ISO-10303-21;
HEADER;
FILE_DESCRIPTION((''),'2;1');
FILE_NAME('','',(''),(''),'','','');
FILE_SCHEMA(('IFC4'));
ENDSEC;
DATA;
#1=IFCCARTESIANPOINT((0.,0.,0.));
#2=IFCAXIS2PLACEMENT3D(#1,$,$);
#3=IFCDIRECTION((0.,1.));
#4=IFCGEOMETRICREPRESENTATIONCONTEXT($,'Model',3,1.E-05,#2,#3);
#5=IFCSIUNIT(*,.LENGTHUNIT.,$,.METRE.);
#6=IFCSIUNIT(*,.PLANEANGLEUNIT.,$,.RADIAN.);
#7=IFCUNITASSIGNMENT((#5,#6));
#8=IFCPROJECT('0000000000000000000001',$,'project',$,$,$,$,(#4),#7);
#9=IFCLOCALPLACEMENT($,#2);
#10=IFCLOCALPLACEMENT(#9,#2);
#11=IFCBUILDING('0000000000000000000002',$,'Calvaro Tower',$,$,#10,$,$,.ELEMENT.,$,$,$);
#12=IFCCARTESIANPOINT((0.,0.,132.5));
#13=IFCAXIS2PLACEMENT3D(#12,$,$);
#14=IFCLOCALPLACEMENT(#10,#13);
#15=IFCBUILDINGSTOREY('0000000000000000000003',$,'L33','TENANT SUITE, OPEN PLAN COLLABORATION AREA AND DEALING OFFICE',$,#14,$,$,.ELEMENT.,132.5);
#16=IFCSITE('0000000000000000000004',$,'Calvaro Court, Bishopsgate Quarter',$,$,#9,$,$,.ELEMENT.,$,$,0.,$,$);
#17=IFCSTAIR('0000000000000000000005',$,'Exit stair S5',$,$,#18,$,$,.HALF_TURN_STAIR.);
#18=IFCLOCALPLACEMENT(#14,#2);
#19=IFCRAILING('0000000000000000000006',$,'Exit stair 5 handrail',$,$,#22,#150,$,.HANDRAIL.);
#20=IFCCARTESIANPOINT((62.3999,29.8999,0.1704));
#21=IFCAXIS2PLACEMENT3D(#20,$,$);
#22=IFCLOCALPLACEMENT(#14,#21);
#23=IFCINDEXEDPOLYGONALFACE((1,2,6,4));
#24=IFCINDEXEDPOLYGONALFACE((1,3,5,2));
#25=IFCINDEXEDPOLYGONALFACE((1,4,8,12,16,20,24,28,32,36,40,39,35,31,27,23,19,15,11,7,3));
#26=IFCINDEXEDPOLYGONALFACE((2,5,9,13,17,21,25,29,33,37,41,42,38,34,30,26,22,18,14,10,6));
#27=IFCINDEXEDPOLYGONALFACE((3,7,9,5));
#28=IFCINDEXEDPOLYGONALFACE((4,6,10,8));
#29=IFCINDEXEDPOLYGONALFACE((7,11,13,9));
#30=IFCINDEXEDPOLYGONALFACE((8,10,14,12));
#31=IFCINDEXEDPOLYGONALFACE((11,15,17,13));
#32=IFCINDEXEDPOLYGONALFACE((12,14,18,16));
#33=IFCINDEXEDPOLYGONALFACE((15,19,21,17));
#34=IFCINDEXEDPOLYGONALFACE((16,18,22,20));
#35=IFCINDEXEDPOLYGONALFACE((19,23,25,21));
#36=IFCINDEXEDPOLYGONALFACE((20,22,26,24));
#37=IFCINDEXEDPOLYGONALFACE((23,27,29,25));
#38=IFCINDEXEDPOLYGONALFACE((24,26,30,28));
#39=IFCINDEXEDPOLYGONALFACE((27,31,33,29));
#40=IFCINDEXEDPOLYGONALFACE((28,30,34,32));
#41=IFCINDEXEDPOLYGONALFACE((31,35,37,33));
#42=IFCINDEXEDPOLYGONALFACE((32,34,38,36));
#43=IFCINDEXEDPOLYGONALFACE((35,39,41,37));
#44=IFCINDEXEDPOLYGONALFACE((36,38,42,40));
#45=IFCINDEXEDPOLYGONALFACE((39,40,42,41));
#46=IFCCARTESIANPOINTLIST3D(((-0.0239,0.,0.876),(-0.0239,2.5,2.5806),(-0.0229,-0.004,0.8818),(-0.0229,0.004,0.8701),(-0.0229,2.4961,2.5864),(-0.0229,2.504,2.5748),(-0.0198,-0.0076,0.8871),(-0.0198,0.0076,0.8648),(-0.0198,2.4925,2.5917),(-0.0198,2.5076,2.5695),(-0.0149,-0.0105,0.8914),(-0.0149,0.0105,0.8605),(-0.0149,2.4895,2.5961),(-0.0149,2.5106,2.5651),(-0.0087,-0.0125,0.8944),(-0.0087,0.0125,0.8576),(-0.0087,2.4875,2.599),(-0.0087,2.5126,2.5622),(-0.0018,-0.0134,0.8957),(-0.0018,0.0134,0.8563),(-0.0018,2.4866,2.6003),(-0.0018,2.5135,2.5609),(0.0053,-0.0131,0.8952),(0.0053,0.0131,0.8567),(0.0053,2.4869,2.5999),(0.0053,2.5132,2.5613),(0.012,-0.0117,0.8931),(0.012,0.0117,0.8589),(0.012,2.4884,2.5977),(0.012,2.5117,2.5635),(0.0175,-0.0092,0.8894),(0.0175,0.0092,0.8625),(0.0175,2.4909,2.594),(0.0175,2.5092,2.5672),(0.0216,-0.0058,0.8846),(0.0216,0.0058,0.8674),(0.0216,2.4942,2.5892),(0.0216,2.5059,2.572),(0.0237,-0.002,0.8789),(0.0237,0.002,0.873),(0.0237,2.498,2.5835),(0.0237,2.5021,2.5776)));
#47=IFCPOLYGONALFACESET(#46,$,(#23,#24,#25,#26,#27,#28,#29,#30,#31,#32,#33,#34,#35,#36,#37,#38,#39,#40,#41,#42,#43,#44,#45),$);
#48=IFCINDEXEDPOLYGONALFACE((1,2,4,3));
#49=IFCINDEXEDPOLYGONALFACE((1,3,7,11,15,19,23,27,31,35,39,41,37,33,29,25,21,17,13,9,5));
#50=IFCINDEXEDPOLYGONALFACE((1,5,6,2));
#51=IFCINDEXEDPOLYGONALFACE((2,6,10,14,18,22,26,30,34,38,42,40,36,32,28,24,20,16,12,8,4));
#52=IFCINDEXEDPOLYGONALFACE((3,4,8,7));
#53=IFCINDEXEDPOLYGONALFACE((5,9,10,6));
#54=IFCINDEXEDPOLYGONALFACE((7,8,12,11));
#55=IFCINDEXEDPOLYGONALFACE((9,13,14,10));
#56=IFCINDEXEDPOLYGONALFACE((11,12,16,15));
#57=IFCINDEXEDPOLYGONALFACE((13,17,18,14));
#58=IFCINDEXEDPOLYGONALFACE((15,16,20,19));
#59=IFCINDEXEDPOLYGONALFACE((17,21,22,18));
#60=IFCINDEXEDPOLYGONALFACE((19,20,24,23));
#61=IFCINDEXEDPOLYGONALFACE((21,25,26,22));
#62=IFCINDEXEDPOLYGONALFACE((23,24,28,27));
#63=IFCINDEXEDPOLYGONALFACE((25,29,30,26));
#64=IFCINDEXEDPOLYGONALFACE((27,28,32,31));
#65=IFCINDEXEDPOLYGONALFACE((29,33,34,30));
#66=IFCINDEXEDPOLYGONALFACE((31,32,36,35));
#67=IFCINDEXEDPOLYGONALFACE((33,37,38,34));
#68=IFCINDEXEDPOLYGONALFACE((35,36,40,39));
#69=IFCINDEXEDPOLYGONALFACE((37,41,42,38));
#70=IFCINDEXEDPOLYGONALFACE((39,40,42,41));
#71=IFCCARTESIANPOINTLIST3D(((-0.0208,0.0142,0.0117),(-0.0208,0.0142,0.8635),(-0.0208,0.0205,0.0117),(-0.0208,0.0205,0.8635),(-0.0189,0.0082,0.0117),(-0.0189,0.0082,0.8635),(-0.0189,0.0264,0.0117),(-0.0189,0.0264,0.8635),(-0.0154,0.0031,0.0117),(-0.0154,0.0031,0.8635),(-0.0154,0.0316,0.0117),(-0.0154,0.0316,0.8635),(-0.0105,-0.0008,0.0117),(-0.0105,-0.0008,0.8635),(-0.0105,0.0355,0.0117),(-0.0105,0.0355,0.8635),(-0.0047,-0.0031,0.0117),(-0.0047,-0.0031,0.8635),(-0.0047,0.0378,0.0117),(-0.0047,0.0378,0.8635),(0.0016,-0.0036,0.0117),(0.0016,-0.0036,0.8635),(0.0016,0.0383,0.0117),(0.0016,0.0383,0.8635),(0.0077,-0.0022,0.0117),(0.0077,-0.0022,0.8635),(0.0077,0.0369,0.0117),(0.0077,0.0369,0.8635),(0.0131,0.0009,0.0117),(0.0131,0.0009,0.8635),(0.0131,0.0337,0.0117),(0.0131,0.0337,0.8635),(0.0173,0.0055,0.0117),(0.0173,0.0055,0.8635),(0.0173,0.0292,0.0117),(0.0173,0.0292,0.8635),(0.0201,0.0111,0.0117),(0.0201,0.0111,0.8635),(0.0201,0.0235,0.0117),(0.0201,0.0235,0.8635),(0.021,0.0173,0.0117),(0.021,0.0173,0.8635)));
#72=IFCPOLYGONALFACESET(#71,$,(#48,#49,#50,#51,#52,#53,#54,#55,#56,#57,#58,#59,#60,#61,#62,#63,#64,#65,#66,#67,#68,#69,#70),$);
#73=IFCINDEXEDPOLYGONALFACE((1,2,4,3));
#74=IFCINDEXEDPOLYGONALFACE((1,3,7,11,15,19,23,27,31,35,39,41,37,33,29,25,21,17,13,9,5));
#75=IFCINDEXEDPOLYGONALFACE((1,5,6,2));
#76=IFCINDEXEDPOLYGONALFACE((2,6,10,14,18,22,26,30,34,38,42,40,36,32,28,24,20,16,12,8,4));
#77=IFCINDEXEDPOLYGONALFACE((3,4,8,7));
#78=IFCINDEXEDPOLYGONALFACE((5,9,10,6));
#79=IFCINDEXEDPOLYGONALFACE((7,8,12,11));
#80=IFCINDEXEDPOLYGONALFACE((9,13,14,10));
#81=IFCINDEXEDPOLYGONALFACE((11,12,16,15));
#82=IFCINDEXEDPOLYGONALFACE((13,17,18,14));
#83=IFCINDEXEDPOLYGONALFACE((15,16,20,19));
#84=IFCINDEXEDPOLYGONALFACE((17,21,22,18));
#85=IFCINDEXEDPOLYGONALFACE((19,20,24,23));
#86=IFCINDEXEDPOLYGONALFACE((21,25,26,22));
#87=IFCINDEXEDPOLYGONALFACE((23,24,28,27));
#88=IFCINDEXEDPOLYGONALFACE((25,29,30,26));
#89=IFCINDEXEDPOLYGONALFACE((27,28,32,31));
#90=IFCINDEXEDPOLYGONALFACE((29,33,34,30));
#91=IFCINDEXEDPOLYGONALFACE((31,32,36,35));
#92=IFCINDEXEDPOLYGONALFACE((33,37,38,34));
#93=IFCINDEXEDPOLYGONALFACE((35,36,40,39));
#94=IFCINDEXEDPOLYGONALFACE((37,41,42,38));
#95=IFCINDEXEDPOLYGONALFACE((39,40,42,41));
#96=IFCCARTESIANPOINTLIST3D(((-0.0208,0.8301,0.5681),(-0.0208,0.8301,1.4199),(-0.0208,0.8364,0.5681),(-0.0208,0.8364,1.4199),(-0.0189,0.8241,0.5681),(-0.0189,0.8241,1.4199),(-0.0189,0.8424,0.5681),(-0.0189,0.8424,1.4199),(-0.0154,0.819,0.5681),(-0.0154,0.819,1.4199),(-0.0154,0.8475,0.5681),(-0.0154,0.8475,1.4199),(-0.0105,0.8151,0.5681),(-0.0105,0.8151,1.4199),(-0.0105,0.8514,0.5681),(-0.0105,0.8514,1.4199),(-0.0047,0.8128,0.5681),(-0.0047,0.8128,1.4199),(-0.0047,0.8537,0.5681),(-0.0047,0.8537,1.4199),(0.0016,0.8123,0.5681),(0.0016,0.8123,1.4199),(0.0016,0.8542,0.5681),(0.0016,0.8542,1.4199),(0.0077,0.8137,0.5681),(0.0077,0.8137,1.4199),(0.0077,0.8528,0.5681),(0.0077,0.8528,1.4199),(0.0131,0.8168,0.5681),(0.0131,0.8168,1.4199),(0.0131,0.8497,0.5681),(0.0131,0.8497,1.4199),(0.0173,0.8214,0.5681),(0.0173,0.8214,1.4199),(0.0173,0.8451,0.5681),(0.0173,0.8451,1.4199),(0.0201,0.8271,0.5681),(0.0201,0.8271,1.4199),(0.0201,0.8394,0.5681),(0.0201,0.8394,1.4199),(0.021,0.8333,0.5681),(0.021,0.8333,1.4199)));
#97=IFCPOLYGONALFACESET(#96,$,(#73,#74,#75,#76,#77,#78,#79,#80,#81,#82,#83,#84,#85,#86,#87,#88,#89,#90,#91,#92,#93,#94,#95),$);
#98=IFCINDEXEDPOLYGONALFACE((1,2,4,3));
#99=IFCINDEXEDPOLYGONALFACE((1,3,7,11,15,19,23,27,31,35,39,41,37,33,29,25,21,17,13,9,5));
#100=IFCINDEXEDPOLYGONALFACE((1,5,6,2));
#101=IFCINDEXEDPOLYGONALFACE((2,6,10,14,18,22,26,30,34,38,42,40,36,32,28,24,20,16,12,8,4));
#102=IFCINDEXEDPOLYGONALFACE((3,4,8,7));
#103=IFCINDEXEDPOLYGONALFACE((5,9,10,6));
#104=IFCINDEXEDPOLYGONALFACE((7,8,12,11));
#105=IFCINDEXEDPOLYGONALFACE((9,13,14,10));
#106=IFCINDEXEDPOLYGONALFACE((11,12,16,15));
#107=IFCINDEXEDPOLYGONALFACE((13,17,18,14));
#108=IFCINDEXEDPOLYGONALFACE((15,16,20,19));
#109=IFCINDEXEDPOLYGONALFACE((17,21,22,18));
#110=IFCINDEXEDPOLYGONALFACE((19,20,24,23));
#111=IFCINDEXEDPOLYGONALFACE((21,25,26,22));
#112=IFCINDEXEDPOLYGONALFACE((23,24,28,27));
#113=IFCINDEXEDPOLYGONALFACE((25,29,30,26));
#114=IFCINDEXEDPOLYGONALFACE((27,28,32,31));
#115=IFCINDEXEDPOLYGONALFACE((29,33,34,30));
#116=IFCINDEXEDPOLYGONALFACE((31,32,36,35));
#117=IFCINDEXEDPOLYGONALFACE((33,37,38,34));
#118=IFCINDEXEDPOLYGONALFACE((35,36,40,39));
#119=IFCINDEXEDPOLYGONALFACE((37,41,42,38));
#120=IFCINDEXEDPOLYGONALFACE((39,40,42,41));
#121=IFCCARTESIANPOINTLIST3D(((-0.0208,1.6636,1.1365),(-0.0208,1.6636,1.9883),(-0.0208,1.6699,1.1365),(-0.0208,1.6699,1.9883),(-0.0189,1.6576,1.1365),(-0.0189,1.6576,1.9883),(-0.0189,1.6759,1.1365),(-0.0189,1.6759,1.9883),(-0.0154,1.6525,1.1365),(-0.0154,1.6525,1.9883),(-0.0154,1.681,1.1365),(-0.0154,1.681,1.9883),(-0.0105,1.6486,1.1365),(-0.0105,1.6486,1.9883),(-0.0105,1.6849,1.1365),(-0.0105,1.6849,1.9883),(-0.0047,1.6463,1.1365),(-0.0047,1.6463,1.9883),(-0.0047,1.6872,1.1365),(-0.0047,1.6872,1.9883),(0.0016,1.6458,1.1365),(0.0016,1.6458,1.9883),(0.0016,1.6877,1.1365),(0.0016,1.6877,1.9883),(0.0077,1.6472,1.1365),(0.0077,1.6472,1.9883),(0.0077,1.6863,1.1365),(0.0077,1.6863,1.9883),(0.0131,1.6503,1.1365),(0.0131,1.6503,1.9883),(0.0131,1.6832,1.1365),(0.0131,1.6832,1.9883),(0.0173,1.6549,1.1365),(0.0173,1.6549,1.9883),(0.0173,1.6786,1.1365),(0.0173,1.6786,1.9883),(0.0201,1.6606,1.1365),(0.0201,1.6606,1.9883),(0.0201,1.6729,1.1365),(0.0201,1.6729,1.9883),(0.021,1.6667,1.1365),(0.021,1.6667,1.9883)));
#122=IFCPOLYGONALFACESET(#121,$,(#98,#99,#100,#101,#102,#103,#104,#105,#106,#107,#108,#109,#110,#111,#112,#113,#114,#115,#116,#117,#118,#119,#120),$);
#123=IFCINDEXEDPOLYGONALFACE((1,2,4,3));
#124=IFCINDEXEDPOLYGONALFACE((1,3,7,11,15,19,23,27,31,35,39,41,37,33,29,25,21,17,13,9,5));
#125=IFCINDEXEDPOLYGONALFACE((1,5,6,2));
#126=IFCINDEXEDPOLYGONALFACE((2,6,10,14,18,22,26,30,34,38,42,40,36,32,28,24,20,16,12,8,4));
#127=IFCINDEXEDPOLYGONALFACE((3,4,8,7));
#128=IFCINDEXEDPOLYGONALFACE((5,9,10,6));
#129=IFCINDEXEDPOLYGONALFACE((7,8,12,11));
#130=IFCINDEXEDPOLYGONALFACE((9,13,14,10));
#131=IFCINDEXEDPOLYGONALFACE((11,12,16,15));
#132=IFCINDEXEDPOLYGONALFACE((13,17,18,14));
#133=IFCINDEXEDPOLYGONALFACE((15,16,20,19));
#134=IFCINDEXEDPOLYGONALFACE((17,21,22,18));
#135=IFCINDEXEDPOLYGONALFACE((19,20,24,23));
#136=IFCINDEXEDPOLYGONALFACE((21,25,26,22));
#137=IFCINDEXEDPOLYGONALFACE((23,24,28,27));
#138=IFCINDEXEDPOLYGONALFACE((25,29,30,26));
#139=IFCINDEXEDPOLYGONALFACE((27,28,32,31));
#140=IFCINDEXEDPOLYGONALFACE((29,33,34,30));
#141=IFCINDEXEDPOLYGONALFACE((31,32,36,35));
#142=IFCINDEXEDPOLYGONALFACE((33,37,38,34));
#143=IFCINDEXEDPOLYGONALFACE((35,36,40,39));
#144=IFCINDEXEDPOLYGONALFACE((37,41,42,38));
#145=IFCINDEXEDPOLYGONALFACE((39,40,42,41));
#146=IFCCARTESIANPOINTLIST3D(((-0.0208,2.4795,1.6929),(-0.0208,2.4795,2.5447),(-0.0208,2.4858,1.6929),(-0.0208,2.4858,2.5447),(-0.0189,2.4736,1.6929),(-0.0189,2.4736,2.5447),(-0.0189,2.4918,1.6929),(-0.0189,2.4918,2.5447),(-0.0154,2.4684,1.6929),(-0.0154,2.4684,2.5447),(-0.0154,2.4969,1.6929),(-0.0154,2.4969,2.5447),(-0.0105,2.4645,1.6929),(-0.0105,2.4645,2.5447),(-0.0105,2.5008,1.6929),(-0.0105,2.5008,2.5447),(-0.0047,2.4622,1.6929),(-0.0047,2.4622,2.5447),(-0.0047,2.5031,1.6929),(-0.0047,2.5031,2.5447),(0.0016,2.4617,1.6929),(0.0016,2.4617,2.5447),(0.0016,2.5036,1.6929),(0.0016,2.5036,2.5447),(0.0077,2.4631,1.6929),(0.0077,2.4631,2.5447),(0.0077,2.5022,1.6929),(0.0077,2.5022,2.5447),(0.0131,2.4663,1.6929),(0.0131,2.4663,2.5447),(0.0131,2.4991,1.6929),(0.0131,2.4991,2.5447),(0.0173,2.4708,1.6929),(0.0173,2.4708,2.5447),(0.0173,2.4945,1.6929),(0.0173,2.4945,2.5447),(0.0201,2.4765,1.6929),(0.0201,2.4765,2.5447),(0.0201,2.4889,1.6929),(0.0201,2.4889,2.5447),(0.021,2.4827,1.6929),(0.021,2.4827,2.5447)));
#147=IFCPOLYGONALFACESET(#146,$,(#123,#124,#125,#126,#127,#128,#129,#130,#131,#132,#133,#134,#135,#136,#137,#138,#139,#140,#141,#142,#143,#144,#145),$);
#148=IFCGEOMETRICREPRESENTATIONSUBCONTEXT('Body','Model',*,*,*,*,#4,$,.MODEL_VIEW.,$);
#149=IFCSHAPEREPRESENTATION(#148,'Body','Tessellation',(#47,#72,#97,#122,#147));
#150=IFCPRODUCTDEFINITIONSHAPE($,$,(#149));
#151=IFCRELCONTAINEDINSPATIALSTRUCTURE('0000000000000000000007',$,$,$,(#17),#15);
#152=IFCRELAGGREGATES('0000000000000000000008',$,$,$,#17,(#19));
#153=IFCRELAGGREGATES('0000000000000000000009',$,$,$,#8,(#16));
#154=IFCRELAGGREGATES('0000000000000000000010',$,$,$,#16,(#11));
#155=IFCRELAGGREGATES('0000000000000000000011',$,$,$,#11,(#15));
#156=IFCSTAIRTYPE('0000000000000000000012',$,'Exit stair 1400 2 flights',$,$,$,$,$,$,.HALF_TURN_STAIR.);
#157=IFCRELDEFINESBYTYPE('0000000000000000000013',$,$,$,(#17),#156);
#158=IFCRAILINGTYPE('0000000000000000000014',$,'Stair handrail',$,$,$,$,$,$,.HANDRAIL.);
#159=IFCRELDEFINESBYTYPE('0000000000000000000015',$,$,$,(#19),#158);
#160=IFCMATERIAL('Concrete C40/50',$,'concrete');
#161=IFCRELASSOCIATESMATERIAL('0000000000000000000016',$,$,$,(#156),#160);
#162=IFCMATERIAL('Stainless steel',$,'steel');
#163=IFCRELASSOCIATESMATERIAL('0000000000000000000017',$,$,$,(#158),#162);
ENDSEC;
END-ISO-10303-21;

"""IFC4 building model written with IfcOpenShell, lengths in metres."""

from ifc_helpers import new_model, si_unit, direction, frame, origin, origin_2d, place, context, subcontext, project, spatial, circle, extrude, material, type_object, element, aggregate, save


model = new_model("IFC4")

# Units and contexts
model_context = context("Model", 3, precision=1e-05, world=origin(), true_north=direction((0.0, 1.0)))
body_context = subcontext(model_context, "Body", "Model", "MODEL_VIEW")
ifc_project = project(units=[si_unit("LENGTHUNIT", "METRE"), si_unit("PLANEANGLEUNIT", "RADIAN")], contexts=[model_context])

# Site, building, storey
site_placement = place(None, origin())
site = spatial("IfcSite", under=ifc_project, at=site_placement, Name="Calvaro Court, Bishopsgate Quarter", CompositionType="ELEMENT", RefElevation=0.0)
building_placement = place(site_placement, origin())
building = spatial("IfcBuilding", under=site, at=building_placement, Name="Calvaro Tower", CompositionType="ELEMENT")
storey_placement = place(building_placement, frame((0.0, 0.0, 132.5)))
storey = spatial("IfcBuildingStorey", under=building, at=storey_placement, Name="L33", Description="TENANT SUITE, OPEN PLAN COLLABORATION AREA AND DEALING OFFICE", CompositionType="ELEMENT", Elevation=132.5)

# Stair, railing
ifc_material_1 = material(Name="Concrete C40/50", Category="concrete")
stair_type = type_object("IfcStairType", Name="Exit stair 1400 2 flights", PredefinedType="HALF_TURN_STAIR", material=ifc_material_1)
stair_placement = place(storey_placement, origin())
stair = element("IfcStair", 1, at=stair_placement, inside=storey, type_object=stair_type, Name="Exit stair S5", PredefinedType="HALF_TURN_STAIR")
ifc_material_2 = material(Name="Stainless steel", Category="steel")
railing_type = type_object("IfcRailingType", Name="Stair handrail", PredefinedType="HANDRAIL", material=ifc_material_2)
railing_1_placement = place(storey_placement, frame((62.3999, 29.8999, 0.1704)))
railing_1 = element("IfcRailing", 2, at=railing_1_placement, type_object=railing_type, Name="Exit stair 5 handrail", PredefinedType="HANDRAIL", context=body_context, shape_type="SweptSolid", body=[
    extrude(circle(Radius=0.0239, at=origin_2d()), frame((0.0, 0.0, 0.876), z_axis=(0.0, 0.826221, 0.563347), x_axis=(-1.0, 0.0, 0.0)), (0.0, 0.0, 1.0), 3.0259),
    extrude(circle(Radius=0.021, at=origin_2d()), frame((0.0, 0.0173, 0.0117)), (0.0, 0.0, 1.0), 0.8518),
    extrude(circle(Radius=0.021, at=origin_2d()), frame((0.0, 0.8333, 0.5681)), (0.0, 0.0, 1.0), 0.8518),
    extrude(circle(Radius=0.021, at=origin_2d()), frame((0.0, 1.6667, 1.1365)), (0.0, 0.0, 1.0), 0.8518),
    extrude(circle(Radius=0.021, at=origin_2d()), frame((0.0, 2.4827, 1.6929)), (0.0, 0.0, 1.0), 0.8518),
])
aggregate(stair, [railing_1])

save(model, "model.ifc")
